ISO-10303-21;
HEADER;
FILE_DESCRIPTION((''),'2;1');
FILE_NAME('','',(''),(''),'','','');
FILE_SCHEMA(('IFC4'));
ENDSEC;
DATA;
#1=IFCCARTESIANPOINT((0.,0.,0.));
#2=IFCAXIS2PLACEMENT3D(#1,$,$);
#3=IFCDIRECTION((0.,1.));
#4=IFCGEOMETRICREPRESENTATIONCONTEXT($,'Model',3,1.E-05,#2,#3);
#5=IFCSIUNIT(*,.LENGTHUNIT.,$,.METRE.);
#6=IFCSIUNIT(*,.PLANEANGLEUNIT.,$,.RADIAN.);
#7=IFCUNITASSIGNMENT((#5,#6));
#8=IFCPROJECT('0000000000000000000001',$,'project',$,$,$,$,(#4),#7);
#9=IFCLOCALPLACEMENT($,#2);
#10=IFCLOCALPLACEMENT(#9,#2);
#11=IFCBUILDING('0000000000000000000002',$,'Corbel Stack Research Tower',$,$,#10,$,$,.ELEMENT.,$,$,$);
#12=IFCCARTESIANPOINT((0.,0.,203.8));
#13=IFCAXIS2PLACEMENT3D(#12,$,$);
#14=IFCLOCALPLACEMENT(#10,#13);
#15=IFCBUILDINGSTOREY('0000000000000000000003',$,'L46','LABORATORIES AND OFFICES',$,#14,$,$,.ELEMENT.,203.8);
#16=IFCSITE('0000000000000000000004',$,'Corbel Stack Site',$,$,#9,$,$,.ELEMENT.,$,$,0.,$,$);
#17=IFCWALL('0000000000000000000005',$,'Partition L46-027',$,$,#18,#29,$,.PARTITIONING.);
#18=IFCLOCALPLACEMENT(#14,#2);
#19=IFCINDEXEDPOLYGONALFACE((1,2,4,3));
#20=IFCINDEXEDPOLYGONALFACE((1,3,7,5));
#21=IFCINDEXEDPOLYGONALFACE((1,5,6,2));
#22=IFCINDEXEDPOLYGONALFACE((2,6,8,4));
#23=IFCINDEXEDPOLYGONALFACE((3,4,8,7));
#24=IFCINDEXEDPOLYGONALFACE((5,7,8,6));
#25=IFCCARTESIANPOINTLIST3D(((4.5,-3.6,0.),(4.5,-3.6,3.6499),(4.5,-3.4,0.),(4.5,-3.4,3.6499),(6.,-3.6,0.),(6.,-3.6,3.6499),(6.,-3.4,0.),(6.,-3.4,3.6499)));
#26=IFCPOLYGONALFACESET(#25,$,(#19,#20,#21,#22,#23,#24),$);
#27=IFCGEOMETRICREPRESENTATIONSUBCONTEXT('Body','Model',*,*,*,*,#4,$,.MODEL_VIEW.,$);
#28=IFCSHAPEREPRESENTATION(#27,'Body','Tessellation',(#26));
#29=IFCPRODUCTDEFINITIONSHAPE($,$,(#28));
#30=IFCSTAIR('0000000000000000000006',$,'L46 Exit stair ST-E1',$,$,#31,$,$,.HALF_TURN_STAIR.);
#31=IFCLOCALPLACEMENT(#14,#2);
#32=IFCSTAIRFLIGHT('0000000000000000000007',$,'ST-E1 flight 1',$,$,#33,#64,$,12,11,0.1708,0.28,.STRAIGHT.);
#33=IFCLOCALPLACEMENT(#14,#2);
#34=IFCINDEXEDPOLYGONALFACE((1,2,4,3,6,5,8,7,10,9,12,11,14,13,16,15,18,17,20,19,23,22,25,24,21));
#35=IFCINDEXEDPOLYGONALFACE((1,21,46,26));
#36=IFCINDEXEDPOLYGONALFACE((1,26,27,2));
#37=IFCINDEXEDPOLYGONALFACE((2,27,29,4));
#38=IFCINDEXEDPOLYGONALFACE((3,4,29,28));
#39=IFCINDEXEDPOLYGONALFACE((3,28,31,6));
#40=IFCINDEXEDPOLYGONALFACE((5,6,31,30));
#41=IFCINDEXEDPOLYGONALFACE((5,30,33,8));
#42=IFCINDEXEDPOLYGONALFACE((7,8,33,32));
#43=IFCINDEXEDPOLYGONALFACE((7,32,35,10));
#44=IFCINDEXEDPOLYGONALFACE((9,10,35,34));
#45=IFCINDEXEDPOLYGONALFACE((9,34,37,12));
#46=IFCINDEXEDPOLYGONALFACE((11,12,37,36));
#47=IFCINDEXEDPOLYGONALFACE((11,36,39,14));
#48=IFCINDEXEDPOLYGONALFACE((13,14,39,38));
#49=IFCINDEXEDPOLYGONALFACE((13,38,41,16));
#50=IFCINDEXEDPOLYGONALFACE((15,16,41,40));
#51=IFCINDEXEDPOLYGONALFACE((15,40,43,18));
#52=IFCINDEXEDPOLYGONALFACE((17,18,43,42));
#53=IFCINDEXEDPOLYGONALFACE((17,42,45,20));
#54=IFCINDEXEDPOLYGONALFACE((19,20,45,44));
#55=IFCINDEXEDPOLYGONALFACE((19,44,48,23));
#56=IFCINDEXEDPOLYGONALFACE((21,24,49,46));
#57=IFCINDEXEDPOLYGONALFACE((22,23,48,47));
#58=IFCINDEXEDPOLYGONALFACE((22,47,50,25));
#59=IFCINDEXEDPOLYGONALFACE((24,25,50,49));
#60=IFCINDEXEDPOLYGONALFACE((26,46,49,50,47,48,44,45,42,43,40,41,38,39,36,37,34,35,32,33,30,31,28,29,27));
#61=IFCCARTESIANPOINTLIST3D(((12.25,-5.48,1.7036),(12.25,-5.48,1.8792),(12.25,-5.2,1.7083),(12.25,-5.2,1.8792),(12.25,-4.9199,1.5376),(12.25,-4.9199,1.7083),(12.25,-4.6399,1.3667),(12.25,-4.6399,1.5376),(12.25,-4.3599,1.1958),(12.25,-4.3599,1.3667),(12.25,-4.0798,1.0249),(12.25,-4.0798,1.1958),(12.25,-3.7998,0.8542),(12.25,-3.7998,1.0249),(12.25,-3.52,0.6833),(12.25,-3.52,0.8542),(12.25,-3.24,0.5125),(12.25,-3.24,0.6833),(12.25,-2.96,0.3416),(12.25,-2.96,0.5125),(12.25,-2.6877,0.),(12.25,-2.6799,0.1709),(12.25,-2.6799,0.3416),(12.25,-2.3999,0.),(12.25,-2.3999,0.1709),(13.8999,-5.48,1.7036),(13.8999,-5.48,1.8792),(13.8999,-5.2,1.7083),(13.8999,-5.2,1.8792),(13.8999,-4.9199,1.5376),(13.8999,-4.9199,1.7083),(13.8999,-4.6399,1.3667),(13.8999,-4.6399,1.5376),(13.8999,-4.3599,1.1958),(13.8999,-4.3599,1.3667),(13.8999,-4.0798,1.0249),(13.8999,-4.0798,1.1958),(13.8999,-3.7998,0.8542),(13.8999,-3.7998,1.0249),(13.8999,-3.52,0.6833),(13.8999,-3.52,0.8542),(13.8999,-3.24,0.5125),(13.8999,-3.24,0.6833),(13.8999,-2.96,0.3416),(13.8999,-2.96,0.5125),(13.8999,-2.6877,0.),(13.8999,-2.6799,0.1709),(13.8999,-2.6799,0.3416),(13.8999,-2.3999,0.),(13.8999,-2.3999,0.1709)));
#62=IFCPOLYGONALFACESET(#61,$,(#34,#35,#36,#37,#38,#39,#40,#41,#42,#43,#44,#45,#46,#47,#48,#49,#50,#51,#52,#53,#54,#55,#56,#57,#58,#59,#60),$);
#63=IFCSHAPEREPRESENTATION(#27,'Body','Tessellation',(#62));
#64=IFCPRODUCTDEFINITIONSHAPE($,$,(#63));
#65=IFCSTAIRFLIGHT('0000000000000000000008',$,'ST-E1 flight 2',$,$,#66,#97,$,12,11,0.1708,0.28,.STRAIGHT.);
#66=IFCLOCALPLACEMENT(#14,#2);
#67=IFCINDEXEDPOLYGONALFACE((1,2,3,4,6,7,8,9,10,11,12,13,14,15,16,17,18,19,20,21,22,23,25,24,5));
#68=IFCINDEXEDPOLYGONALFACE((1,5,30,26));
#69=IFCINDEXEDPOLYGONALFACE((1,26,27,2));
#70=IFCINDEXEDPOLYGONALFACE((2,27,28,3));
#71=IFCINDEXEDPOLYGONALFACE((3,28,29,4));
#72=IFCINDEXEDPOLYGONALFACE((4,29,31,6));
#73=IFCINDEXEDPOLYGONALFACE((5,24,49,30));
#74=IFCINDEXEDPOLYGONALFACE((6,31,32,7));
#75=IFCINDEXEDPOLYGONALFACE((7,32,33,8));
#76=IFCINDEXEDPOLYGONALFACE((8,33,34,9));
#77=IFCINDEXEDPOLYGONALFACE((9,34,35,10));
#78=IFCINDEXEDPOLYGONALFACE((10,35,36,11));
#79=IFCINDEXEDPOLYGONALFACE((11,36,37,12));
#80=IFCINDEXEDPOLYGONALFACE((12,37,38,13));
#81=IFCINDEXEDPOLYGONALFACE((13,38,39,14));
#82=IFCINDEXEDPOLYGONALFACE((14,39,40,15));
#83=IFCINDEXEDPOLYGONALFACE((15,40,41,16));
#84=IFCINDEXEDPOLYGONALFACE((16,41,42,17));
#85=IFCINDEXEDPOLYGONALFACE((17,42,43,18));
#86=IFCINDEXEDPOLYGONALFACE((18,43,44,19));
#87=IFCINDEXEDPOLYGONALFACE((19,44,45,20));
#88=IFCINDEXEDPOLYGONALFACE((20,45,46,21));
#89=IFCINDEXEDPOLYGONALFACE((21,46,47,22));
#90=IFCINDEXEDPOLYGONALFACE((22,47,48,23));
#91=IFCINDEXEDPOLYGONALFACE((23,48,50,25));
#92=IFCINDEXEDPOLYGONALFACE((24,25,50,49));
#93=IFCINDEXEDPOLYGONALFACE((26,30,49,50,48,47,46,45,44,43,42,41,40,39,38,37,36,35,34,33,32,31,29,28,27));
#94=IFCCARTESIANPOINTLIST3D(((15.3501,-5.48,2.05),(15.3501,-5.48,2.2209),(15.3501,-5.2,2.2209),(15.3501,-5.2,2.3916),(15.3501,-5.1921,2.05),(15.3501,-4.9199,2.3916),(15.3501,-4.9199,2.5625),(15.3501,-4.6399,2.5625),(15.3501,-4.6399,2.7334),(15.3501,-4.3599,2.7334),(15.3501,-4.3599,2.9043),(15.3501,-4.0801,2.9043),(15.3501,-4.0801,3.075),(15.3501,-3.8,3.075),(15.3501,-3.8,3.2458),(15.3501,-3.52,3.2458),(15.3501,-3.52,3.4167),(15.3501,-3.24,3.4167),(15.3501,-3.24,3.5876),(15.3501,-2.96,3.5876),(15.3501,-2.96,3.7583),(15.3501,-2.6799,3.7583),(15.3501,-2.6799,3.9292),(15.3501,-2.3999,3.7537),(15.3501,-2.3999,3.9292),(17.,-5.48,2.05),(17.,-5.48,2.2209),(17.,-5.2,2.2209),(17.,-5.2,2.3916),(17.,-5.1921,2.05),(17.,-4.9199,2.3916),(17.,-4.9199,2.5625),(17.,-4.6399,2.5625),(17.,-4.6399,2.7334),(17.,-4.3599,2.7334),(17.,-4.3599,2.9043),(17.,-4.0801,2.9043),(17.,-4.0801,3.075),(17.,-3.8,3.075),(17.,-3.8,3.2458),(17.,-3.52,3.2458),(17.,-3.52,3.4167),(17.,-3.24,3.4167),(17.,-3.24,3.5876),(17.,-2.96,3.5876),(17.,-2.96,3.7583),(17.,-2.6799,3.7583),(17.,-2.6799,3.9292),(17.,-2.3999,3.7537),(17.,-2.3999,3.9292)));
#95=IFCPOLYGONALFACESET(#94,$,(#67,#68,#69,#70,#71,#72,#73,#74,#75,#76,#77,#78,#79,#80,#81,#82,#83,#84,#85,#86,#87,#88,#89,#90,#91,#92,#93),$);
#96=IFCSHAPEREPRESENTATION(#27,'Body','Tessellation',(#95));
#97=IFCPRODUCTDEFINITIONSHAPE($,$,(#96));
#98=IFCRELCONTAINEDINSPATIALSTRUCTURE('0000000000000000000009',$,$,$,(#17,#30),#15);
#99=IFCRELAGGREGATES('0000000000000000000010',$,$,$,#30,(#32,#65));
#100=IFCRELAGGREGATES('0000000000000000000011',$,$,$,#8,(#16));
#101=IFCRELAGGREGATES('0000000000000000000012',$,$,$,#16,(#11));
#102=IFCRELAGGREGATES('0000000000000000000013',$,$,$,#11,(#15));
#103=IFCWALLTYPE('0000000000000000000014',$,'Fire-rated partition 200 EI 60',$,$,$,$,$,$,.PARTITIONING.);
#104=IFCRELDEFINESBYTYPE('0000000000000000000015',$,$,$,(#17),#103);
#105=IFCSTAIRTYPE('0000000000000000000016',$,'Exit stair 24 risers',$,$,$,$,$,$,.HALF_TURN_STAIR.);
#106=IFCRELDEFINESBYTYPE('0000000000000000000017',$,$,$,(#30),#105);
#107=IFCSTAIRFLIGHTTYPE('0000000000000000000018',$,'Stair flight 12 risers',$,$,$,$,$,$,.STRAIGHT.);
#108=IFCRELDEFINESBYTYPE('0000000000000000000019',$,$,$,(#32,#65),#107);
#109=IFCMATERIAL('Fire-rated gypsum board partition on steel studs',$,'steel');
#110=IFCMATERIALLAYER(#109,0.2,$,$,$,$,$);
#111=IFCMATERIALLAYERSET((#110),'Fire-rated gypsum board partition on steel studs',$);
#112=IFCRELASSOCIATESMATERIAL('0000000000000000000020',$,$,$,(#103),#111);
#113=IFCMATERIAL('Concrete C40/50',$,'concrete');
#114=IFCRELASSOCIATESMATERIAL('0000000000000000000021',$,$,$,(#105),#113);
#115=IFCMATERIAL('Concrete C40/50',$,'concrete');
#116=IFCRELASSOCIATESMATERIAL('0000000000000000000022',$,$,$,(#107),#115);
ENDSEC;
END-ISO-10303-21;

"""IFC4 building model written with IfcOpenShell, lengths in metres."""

from ifc_helpers import new_model, si_unit, direction, frame, frame_2d, origin, place, context, subcontext, project, spatial, polyline, rectangle, outline, extrude, material, layer, layer_set, type_object, element, aggregate, save


model = new_model("IFC4")

# Units and contexts
model_context = context("Model", 3, precision=1e-05, world=origin(), true_north=direction((0.0, 1.0)))
body_context = subcontext(model_context, "Body", "Model", "MODEL_VIEW")
ifc_project = project(units=[si_unit("LENGTHUNIT", "METRE"), si_unit("PLANEANGLEUNIT", "RADIAN")], contexts=[model_context])

# Site, building, storey
site_placement = place(None, origin())
site = spatial("IfcSite", under=ifc_project, at=site_placement, Name="Corbel Stack Site", CompositionType="ELEMENT", RefElevation=0.0)
building_placement = place(site_placement, origin())
building = spatial("IfcBuilding", under=site, at=building_placement, Name="Corbel Stack Research Tower", CompositionType="ELEMENT")
storey_placement = place(building_placement, frame((0.0, 0.0, 203.8)))
storey = spatial("IfcBuildingStorey", under=building, at=storey_placement, Name="L46", Description="LABORATORIES AND OFFICES", CompositionType="ELEMENT", Elevation=203.8)

# Wall
ifc_material_1 = material(Name="Fire-rated gypsum board partition on steel studs", Category="steel")
ifc_layer_1 = layer(ifc_material_1, 0.2)
ifc_layer_set_1 = layer_set([ifc_layer_1], Name="Fire-rated gypsum board partition on steel studs")
wall_type_1 = type_object("IfcWallType", Name="Fire-rated partition 200 EI 60", PredefinedType="PARTITIONING", material=ifc_layer_set_1)
wall_1_placement = place(storey_placement, frame((4.5, -3.5, 0.0), z_axis=(0.0, 0.0, 1.0), x_axis=(1.0, 0.0, 0.0)))
element("IfcWall", 1, at=wall_1_placement, inside=storey, type_object=wall_type_1, Name="Partition L46-027", PredefinedType="PARTITIONING", context=body_context, shape_type="SweptSolid", body=[
    extrude(rectangle(XDim=1.5, YDim=0.2, at=frame_2d((0.75, 0.0))), origin(), (0.0, 0.0, 1.0), 3.6499),
])

# Stair, stair flights
ifc_material_2 = material(Name="Concrete C40/50", Category="concrete")
stair_type = type_object("IfcStairType", Name="Exit stair 24 risers", PredefinedType="HALF_TURN_STAIR", material=ifc_material_2)
stair_placement = place(storey_placement, origin())
stair = element("IfcStair", 2, at=stair_placement, inside=storey, type_object=stair_type, Name="L46 Exit stair ST-E1", PredefinedType="HALF_TURN_STAIR")
ifc_material_3 = material(Name="Concrete C40/50", Category="concrete")
stair_flight_type = type_object("IfcStairFlightType", Name="Stair flight 12 risers", PredefinedType="STRAIGHT", material=ifc_material_3)
stair_flight_1_placement = place(storey_placement, frame((13.075, -2.3999, 0.0), z_axis=(0.0, 0.0, 1.0), x_axis=(0.0, -1.0, 0.0)))
stair_flight_1 = element("IfcStairFlight", 3, at=stair_flight_1_placement, type_object=stair_flight_type, Name="ST-E1 flight 1", NumberOfRisers=12, NumberOfTreads=11, PredefinedType="STRAIGHT", RiserHeight=0.1708, TreadLength=0.28, context=body_context, shape_type="SweptSolid", body=[
    extrude(outline(polyline([(0.0, 0.0), (0.0, 0.1709), (0.28, 0.1709), (0.28, 0.3416), (0.5601, 0.3416), (0.5601, 0.5125), (0.8401, 0.5125), (0.8401, 0.6833), (1.1201, 0.6833), (1.1201, 0.8542), (1.3999, 0.8542), (1.3999, 1.0249), (1.6799, 1.0249), (1.6799, 1.1958), (1.96, 1.1958), (1.96, 1.3667), (2.24, 1.3667), (2.24, 1.5376), (2.52, 1.5376), (2.52, 1.7083), (2.8, 1.7083), (2.8, 1.8792), (3.0801, 1.8792), (3.0801, 2.05), (3.0801, 1.7036), (0.2878, 0.0), (0.0, 0.0)])), frame((0.0, 0.825, 0.0), z_axis=(0.0, -1.0, 0.0), x_axis=(1.0, 0.0, 0.0)), (0.0, 0.0, 1.0), 1.6499),
])
stair_flight_2_placement = place(storey_placement, frame((16.175, -5.48, 2.05), z_axis=(0.0, 0.0, 1.0), x_axis=(0.0, 1.0, 0.0)))
stair_flight_2 = element("IfcStairFlight", 4, at=stair_flight_2_placement, type_object=stair_flight_type, Name="ST-E1 flight 2", NumberOfRisers=12, NumberOfTreads=11, PredefinedType="STRAIGHT", RiserHeight=0.1708, TreadLength=0.28, context=body_context, shape_type="SweptSolid", body=[
    extrude(outline(polyline([(0.0, 0.0), (0.0, 0.1709), (0.28, 0.1709), (0.28, 0.3416), (0.5601, 0.3416), (0.5601, 0.5125), (0.8401, 0.5125), (0.8401, 0.6833), (1.1201, 0.6833), (1.1201, 0.8542), (1.3999, 0.8542), (1.3999, 1.0249), (1.6799, 1.0249), (1.6799, 1.1958), (1.96, 1.1958), (1.96, 1.3667), (2.24, 1.3667), (2.24, 1.5376), (2.52, 1.5376), (2.52, 1.7083), (2.8, 1.7083), (2.8, 1.8792), (3.0801, 1.8792), (3.0801, 2.05), (3.0801, 1.7036), (0.2878, 0.0), (0.0, 0.0)])), frame((0.0, 0.825, 0.0), z_axis=(0.0, -1.0, 0.0), x_axis=(1.0, 0.0, 0.0)), (0.0, 0.0, 1.0), 1.6499),
])
aggregate(stair, [stair_flight_1, stair_flight_2])

save(model, "model.ifc")
